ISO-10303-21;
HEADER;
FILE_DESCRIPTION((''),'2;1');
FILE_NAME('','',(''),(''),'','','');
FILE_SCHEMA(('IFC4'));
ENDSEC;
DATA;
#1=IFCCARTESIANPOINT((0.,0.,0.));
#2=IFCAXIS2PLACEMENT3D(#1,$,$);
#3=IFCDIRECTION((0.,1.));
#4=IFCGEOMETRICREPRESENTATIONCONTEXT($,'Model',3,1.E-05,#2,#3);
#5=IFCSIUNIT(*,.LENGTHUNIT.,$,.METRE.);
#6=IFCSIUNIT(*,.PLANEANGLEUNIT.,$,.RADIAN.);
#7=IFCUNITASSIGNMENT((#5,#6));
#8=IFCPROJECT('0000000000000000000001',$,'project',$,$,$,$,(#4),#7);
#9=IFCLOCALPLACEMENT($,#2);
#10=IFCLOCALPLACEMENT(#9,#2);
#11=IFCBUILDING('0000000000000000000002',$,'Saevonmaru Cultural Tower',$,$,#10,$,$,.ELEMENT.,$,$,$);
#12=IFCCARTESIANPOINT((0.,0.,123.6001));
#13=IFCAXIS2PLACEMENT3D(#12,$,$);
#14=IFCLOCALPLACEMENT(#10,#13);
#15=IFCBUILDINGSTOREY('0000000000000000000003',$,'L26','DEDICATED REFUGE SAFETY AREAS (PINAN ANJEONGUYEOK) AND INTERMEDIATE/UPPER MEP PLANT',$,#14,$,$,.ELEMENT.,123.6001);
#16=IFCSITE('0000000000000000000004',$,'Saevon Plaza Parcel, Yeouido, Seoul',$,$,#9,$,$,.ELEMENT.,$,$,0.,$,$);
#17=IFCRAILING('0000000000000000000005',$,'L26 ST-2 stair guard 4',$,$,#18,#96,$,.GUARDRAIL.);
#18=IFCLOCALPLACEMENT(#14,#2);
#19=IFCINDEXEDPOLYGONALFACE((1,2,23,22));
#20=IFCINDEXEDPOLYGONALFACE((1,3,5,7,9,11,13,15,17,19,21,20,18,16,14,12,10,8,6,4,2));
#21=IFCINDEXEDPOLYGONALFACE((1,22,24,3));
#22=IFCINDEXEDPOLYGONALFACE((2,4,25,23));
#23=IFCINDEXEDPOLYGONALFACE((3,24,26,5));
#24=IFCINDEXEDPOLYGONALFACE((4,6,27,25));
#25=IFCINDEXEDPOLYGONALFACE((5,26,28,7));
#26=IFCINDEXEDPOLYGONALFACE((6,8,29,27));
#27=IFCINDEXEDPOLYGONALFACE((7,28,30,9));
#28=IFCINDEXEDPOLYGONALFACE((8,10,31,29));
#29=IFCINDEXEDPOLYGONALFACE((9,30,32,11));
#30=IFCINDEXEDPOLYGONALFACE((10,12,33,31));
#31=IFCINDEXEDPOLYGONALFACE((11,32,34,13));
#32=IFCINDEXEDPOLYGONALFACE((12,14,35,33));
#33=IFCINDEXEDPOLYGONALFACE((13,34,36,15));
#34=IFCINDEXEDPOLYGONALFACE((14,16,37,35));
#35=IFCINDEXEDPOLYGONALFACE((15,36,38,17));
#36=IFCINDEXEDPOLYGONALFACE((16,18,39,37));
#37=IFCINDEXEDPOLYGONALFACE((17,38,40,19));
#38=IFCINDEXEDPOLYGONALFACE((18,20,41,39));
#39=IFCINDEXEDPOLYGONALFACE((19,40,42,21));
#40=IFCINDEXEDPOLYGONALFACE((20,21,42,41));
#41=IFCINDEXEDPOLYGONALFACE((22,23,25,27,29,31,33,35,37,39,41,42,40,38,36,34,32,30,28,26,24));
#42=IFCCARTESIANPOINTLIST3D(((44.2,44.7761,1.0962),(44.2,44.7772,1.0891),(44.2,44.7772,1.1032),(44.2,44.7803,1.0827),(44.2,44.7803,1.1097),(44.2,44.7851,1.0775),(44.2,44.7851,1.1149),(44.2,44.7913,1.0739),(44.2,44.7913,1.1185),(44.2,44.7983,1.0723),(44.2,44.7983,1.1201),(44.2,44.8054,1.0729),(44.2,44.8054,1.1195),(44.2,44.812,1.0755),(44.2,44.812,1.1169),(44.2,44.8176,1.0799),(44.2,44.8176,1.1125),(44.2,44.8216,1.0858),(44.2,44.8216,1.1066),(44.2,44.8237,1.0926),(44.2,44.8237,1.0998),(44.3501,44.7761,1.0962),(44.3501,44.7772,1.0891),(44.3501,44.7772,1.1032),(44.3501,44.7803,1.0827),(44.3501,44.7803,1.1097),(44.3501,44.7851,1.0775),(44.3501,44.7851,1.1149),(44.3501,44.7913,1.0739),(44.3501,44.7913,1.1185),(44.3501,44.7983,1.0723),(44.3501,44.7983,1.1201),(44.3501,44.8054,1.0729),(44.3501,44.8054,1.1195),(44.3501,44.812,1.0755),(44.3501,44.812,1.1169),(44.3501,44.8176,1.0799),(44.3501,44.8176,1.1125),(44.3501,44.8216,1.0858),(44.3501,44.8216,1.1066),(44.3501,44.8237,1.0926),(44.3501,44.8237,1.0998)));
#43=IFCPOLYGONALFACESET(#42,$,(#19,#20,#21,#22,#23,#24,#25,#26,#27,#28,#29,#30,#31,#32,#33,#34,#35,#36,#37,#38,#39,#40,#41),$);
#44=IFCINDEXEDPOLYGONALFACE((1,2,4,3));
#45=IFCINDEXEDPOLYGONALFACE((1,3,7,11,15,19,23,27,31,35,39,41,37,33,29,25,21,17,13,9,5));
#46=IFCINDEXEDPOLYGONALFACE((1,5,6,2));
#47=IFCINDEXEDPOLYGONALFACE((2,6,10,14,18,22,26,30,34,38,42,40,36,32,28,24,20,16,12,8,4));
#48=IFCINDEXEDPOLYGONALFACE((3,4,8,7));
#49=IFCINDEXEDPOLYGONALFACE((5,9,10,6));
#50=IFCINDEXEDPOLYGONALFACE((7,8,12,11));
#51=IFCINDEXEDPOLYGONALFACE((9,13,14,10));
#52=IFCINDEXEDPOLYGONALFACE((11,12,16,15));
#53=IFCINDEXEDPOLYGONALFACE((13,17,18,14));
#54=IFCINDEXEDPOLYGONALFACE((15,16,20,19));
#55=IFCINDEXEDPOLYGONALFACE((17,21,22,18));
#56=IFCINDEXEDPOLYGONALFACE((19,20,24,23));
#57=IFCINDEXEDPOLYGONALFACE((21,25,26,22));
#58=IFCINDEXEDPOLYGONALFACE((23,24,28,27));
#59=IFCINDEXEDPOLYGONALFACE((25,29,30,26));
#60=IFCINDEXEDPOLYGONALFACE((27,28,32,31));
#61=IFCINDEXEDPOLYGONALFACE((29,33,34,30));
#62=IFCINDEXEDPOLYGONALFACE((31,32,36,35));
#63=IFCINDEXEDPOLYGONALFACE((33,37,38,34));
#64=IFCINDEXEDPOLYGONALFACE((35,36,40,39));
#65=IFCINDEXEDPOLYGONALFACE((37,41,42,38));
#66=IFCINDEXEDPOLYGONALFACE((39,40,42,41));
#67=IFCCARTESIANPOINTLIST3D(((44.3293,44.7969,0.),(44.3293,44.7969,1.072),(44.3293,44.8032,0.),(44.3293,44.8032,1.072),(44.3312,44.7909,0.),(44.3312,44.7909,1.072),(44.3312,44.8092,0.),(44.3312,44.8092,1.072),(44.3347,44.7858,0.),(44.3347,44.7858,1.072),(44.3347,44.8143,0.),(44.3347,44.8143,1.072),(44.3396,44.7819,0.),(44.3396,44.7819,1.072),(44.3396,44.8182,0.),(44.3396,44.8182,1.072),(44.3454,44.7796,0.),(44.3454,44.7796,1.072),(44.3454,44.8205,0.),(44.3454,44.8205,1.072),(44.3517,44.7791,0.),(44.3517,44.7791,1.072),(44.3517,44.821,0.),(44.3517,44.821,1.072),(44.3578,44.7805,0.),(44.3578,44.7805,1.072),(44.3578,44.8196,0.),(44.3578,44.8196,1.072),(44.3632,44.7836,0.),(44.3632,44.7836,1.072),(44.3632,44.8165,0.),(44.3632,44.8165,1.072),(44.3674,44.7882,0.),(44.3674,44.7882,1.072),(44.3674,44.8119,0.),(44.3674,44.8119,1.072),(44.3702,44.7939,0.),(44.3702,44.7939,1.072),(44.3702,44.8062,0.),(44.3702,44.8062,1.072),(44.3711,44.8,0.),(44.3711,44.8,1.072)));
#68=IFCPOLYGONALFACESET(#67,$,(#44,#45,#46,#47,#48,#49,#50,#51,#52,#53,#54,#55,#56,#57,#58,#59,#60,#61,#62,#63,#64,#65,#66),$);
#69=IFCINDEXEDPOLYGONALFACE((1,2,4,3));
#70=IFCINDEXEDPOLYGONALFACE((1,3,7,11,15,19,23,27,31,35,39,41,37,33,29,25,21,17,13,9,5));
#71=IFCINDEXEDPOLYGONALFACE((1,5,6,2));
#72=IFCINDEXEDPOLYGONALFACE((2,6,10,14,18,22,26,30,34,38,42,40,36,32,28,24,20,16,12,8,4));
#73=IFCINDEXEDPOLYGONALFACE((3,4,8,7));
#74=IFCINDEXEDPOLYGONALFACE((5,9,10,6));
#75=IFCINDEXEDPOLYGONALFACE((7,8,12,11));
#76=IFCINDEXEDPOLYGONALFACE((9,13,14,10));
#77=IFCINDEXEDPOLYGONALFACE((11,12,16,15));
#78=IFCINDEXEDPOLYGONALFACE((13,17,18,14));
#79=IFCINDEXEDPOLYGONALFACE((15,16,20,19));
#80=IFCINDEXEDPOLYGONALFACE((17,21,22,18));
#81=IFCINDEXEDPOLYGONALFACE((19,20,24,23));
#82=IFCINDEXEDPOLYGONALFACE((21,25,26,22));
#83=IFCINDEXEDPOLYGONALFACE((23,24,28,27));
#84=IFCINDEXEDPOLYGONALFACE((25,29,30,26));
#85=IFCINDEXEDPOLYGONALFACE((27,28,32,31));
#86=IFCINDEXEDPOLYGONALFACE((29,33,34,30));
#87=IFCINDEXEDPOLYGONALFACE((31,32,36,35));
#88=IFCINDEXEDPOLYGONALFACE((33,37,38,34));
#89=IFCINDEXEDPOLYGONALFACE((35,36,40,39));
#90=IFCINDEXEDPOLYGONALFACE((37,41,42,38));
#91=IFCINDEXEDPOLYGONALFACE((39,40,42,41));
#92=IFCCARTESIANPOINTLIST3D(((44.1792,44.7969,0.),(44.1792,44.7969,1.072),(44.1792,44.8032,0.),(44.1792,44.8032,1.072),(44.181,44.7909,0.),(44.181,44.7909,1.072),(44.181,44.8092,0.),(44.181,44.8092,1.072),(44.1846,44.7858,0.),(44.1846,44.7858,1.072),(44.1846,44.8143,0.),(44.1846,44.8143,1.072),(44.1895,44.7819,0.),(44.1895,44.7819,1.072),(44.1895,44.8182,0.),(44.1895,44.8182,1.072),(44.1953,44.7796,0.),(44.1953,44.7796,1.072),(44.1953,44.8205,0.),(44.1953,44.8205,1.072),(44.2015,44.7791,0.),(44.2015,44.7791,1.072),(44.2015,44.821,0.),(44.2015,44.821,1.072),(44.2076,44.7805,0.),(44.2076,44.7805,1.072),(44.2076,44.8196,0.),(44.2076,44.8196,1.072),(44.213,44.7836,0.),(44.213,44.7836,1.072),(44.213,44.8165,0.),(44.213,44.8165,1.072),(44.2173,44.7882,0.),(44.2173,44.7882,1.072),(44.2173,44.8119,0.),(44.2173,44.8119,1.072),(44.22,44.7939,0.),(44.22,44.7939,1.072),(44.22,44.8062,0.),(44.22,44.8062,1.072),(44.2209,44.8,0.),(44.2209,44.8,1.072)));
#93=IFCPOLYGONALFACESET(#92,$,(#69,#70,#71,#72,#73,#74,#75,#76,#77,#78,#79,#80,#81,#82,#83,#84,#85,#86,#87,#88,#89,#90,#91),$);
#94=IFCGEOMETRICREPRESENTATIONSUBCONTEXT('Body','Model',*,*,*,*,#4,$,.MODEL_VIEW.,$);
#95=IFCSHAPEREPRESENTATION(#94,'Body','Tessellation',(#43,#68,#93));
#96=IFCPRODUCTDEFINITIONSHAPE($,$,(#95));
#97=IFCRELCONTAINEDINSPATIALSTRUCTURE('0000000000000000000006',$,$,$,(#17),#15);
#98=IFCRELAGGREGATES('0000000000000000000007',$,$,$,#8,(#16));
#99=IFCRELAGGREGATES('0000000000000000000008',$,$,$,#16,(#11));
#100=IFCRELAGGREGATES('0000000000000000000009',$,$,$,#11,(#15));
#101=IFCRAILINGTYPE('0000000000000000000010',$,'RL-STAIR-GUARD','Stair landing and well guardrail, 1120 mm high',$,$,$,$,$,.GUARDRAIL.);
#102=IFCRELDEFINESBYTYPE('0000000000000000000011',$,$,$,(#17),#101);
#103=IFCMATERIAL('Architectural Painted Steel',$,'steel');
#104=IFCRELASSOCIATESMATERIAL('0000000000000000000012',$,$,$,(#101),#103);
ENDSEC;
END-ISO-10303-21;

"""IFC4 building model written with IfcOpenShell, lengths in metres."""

from ifc_helpers import new_model, si_unit, direction, frame, origin, origin_2d, place, context, subcontext, project, spatial, circle, extrude, material, type_object, element, save


model = new_model("IFC4")

# Units and contexts
model_context = context("Model", 3, precision=1e-05, world=origin(), true_north=direction((0.0, 1.0)))
body_context = subcontext(model_context, "Body", "Model", "MODEL_VIEW")
ifc_project = project(units=[si_unit("LENGTHUNIT", "METRE"), si_unit("PLANEANGLEUNIT", "RADIAN")], contexts=[model_context])

# Site, building, storey
site_placement = place(None, origin())
site = spatial("IfcSite", under=ifc_project, at=site_placement, Name="Saevon Plaza Parcel, Yeouido, Seoul", CompositionType="ELEMENT", RefElevation=0.0)
building_placement = place(site_placement, origin())
building = spatial("IfcBuilding", under=site, at=building_placement, Name="Saevonmaru Cultural Tower", CompositionType="ELEMENT")
storey_placement = place(building_placement, frame((0.0, 0.0, 123.6001)))
storey = spatial("IfcBuildingStorey", under=building, at=storey_placement, Name="L26", Description="DEDICATED REFUGE SAFETY AREAS (PINAN ANJEONGUYEOK) AND INTERMEDIATE/UPPER MEP PLANT", CompositionType="ELEMENT", Elevation=123.6001)

# Railing
ifc_material_1 = material(Name="Architectural Painted Steel", Category="steel")
railing_type_1 = type_object("IfcRailingType", Name="RL-STAIR-GUARD", Description="Stair landing and well guardrail, 1120 mm high", PredefinedType="GUARDRAIL", material=ifc_material_1)
railing_1_placement = place(storey_placement, frame((44.3501, 44.8, 0.0)))
element("IfcRailing", 1, at=railing_1_placement, inside=storey, type_object=railing_type_1, Name="L26 ST-2 stair guard 4", PredefinedType="GUARDRAIL", context=body_context, shape_type="SweptSolid", body=[
    extrude(circle(Radius=0.0239, at=origin_2d()), frame((0.0, 0.0, 1.0962), z_axis=(-1.0, 0.0, 0.0), x_axis=(0.0, -1.0, 0.0)), (0.0, 0.0, 1.0), 0.1501),
    extrude(circle(Radius=0.021, at=origin_2d()), origin(), (0.0, 0.0, 1.0), 1.072),
    extrude(circle(Radius=0.021, at=origin_2d()), frame((-0.1501, 0.0, 0.0)), (0.0, 0.0, 1.0), 1.072),
])

save(model, "model.ifc")
